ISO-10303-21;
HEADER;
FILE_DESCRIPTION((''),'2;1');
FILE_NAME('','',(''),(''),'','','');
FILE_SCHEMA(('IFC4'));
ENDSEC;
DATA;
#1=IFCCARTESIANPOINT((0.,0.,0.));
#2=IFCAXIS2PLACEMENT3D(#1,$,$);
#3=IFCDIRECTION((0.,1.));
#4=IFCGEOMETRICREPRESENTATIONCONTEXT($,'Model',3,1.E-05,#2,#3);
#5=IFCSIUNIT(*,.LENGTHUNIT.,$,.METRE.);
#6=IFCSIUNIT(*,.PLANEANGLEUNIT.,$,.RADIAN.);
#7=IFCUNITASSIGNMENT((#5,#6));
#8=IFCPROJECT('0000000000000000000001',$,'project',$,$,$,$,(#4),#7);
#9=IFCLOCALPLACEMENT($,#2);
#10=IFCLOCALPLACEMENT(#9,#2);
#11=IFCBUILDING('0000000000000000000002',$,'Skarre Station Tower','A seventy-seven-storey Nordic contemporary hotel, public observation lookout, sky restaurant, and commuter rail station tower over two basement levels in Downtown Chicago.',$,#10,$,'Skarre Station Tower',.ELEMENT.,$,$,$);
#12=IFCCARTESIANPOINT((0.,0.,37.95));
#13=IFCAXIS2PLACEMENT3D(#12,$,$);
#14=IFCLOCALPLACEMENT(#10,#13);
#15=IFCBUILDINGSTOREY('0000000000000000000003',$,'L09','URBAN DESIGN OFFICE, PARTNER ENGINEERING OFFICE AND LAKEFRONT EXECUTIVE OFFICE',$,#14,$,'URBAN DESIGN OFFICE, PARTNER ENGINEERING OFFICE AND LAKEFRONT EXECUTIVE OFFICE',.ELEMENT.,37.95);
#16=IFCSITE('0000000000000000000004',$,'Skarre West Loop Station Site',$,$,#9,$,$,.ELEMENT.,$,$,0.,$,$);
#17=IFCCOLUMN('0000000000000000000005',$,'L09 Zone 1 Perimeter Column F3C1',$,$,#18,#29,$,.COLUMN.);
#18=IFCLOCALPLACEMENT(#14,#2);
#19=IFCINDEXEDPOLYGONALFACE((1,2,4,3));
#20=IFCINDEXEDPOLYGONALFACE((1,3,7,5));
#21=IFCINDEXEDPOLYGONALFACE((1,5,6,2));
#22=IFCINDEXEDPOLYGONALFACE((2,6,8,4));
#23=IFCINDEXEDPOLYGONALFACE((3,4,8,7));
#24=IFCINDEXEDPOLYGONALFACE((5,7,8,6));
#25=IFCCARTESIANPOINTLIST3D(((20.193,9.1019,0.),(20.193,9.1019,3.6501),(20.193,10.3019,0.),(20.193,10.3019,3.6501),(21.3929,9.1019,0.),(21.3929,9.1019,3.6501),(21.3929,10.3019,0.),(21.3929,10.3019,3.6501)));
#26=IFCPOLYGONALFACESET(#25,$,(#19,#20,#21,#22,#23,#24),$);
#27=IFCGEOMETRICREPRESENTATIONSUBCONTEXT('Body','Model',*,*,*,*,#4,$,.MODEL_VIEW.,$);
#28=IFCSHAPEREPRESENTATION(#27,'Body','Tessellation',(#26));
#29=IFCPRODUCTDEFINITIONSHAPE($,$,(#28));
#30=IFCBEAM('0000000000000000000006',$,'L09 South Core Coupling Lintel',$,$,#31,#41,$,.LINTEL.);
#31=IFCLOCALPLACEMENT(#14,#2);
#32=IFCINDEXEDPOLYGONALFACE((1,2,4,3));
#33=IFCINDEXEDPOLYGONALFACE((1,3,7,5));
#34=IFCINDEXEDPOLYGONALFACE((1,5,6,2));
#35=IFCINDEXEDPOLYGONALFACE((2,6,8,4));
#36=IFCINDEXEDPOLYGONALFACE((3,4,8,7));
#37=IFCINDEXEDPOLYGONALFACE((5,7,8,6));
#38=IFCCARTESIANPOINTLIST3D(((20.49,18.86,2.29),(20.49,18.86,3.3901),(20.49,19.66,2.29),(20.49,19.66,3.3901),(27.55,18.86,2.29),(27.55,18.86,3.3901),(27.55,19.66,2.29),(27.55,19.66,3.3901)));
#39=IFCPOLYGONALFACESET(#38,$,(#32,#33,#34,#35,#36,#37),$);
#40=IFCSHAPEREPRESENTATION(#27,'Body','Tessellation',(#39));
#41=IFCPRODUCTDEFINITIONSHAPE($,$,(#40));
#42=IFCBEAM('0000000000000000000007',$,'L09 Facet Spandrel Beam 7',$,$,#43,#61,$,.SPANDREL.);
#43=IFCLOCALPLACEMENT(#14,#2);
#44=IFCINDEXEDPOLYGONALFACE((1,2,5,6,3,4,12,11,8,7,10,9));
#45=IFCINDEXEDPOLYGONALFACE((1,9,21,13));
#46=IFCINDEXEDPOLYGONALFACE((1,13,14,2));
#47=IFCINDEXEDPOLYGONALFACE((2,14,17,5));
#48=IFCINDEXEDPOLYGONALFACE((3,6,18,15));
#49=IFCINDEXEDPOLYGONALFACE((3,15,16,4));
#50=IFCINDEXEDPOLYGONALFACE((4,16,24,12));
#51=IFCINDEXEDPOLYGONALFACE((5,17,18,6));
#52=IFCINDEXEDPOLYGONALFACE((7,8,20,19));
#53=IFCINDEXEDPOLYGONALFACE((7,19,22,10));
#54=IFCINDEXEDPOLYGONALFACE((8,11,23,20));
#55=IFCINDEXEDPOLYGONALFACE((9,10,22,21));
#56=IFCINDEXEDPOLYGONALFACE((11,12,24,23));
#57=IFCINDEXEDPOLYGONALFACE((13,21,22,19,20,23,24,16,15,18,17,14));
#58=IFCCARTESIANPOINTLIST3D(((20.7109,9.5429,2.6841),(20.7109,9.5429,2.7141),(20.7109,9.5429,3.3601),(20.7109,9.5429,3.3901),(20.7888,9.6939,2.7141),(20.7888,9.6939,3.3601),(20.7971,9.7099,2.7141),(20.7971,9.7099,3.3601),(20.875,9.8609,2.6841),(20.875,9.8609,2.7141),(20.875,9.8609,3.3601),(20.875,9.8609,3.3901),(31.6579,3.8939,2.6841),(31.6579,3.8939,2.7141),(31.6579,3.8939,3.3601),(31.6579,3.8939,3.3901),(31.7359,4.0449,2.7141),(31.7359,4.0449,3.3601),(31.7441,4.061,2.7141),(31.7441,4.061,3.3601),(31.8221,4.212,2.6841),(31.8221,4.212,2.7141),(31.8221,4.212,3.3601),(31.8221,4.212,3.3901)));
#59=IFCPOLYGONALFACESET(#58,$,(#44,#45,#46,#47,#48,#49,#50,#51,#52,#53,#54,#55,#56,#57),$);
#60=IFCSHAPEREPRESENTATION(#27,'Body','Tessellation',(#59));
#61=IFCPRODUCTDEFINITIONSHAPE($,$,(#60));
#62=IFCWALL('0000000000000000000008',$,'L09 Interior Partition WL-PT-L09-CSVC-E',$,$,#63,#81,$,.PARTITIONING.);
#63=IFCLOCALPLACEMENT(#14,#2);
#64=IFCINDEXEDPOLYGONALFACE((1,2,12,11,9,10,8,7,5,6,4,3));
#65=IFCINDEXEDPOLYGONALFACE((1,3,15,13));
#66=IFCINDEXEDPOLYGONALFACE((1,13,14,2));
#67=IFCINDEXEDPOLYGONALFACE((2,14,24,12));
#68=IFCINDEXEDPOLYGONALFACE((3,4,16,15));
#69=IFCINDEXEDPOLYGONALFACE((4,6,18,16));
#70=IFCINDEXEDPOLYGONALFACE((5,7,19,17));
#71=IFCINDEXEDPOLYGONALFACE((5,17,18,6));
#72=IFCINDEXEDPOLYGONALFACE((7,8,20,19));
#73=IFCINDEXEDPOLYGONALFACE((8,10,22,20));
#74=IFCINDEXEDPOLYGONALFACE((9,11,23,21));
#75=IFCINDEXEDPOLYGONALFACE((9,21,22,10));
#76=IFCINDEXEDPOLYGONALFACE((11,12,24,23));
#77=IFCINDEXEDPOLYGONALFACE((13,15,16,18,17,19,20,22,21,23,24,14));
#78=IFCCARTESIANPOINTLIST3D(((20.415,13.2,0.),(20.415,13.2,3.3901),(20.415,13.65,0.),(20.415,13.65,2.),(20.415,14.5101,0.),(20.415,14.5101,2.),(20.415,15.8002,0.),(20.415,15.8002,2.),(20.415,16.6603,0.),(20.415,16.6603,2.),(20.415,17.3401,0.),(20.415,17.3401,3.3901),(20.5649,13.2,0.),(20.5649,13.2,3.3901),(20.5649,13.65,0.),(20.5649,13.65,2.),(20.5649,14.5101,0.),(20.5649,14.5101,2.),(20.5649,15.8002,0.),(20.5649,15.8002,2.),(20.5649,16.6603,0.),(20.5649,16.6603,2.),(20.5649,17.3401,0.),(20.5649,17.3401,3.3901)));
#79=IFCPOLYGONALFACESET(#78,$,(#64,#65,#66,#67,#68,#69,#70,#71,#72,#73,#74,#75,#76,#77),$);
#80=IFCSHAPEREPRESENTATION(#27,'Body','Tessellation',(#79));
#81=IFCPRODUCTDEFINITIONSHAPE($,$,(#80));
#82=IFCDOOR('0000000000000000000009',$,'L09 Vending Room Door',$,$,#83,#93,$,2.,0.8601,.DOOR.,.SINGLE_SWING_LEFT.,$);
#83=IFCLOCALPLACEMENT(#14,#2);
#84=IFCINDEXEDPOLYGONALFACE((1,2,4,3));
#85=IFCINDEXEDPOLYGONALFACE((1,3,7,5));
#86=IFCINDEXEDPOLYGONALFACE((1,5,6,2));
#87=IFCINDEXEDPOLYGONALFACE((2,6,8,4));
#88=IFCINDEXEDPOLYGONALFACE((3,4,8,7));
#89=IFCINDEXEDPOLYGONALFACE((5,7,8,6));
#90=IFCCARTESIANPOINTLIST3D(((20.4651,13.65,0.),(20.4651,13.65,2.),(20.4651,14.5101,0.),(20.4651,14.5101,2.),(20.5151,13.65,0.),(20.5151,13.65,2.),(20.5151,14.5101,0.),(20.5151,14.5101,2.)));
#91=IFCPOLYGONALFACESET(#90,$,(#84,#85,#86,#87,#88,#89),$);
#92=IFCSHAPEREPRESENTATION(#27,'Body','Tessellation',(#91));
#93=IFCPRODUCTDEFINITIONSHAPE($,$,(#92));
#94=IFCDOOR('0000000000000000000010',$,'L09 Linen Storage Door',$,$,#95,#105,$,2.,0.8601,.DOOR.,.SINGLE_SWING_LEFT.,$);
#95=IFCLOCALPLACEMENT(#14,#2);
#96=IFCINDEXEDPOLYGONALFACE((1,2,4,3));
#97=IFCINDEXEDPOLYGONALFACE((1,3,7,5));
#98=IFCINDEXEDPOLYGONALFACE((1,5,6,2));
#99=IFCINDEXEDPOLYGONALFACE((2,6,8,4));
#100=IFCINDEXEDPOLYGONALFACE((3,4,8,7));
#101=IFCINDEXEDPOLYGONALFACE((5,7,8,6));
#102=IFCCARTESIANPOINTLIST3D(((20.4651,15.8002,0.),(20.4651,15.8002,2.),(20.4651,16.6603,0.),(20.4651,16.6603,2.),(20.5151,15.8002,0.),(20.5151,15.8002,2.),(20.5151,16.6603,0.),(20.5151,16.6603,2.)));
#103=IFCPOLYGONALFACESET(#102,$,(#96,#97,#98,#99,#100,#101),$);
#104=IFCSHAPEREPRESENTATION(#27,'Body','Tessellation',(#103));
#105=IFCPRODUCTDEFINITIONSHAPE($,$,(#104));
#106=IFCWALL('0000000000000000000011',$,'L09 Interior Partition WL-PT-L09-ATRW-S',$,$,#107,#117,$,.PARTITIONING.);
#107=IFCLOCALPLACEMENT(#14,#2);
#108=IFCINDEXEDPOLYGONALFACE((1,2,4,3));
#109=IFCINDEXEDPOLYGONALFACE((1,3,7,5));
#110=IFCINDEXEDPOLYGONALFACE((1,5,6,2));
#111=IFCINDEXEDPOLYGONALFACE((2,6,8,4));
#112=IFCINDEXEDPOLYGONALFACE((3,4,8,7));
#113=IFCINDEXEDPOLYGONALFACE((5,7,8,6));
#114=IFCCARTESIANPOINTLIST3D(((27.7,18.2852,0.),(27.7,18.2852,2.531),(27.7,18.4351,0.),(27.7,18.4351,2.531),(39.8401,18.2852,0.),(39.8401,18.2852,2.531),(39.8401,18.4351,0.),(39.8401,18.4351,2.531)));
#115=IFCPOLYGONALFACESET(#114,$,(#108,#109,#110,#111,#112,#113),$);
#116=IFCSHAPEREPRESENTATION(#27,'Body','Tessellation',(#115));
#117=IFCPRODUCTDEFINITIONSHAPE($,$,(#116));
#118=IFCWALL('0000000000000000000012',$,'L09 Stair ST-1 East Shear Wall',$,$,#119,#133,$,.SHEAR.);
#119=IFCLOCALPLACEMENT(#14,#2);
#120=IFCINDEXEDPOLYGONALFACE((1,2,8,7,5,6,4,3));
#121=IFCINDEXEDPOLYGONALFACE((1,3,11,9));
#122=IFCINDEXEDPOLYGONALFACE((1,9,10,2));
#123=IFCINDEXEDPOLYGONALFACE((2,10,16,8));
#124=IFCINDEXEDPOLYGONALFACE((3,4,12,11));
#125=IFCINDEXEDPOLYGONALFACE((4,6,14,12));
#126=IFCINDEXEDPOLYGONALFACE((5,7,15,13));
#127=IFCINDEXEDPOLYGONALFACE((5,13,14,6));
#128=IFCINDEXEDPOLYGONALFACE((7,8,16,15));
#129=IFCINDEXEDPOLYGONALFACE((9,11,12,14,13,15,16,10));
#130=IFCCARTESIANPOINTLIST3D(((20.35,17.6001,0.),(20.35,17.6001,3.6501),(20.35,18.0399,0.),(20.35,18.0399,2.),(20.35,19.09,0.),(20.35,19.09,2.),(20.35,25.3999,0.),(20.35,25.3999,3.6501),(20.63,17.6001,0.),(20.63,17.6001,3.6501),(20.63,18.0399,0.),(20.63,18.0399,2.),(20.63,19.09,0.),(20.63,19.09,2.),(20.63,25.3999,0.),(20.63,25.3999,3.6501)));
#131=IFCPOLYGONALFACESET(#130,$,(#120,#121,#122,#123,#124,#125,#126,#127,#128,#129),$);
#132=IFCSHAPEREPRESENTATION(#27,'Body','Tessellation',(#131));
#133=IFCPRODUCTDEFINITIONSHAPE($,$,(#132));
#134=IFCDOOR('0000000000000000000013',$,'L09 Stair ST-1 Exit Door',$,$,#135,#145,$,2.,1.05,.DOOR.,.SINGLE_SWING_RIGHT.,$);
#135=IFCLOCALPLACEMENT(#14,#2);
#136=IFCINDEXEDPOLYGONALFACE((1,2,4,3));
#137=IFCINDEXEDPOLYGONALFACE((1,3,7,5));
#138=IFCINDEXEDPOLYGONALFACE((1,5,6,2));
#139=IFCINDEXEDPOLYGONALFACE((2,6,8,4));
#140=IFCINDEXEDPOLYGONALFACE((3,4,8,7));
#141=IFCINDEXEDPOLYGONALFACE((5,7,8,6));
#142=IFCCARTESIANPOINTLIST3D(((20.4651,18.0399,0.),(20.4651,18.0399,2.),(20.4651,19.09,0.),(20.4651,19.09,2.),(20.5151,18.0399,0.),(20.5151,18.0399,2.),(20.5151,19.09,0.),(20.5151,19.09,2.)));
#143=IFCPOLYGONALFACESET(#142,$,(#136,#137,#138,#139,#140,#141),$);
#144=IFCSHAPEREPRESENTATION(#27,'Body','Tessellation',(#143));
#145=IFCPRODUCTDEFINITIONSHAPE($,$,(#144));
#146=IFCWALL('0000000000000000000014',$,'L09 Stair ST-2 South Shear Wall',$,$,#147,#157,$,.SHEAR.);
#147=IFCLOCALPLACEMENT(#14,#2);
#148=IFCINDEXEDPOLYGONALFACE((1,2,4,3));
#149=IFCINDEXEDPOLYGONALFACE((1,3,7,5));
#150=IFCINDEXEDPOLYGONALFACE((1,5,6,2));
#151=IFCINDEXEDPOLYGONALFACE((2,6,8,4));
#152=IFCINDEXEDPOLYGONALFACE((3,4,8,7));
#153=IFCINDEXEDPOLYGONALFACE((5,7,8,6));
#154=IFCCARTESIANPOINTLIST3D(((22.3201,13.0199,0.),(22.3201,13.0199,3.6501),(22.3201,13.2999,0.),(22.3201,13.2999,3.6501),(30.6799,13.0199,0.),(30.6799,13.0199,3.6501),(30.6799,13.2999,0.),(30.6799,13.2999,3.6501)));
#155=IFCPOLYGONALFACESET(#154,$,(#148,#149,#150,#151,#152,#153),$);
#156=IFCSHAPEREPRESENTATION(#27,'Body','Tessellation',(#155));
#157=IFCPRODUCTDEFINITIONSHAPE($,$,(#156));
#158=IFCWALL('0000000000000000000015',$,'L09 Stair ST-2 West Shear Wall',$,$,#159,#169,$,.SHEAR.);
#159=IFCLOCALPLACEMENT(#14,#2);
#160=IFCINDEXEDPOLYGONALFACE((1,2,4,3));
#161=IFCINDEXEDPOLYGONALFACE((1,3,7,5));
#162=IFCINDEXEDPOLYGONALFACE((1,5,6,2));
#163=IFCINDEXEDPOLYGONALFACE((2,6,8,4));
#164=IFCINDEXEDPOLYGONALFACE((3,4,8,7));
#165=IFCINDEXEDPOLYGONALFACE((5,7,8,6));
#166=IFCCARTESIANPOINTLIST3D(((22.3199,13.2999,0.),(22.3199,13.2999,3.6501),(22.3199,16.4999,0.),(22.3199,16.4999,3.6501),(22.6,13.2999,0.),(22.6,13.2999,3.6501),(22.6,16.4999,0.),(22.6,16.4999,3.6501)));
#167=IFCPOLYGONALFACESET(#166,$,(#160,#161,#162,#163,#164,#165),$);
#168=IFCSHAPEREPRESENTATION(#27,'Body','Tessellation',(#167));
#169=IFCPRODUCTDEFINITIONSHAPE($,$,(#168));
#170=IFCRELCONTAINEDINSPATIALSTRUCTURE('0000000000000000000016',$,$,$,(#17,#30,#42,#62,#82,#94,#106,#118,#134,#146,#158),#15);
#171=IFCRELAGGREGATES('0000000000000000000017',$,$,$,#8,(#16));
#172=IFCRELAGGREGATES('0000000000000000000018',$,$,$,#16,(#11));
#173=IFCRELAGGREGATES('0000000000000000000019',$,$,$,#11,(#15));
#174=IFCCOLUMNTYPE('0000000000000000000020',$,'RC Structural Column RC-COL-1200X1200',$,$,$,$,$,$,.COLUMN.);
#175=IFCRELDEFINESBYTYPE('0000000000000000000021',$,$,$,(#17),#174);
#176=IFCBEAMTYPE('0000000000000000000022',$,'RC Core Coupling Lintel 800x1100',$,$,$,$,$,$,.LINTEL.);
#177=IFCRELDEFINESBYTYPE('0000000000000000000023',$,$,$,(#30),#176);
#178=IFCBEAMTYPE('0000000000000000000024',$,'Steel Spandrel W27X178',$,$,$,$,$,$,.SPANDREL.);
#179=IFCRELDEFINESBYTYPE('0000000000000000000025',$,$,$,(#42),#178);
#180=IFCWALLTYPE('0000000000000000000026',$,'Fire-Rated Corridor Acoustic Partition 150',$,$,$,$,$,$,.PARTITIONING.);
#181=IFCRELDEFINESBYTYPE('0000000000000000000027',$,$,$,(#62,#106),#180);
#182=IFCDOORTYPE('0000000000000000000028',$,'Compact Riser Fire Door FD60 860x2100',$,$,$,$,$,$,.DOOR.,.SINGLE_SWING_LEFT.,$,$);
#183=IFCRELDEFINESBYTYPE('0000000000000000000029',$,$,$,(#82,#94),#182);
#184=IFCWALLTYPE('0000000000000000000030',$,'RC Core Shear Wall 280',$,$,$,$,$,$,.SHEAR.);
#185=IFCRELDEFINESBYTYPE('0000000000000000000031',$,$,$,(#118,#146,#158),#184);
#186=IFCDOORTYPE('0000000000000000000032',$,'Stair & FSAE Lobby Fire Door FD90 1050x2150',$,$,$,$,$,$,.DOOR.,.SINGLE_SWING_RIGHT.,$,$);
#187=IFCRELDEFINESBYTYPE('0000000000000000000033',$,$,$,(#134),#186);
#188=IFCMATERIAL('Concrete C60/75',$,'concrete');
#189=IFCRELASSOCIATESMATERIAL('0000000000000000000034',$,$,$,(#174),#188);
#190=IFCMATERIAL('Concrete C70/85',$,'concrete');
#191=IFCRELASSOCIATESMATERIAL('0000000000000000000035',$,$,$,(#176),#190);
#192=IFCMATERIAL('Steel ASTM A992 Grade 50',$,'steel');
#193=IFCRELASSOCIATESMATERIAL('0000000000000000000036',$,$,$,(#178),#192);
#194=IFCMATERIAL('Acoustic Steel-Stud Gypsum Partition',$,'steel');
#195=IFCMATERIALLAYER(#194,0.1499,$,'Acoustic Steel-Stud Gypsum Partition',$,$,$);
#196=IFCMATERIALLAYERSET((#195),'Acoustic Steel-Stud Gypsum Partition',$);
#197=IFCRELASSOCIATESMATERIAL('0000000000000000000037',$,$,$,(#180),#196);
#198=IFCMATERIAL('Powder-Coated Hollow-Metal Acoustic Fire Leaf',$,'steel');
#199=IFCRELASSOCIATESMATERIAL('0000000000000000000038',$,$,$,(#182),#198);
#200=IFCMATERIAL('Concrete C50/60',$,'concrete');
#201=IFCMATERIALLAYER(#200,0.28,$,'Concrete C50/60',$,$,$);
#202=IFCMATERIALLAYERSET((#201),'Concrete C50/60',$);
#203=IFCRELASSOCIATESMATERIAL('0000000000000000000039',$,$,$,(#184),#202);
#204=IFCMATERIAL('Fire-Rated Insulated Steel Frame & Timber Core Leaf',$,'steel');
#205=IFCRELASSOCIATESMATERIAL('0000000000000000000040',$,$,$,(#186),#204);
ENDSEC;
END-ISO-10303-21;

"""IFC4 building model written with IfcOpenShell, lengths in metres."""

from ifc_helpers import new_model, si_unit, direction, frame, frame_2d, origin, origin_2d, place, context, subcontext, project, spatial, rectangle, i_section, extrude, material, layer, layer_set, material_profile, profile_set, type_object, element, fill, save


model = new_model("IFC4")

# Units and contexts
model_context = context("Model", 3, precision=1e-05, world=origin(), true_north=direction((0.0, 1.0)))
body_context = subcontext(model_context, "Body", "Model", "MODEL_VIEW")
ifc_project = project(units=[si_unit("LENGTHUNIT", "METRE"), si_unit("PLANEANGLEUNIT", "RADIAN")], contexts=[model_context])

# Site, building, storey
site_placement = place(None, origin())
site = spatial("IfcSite", under=ifc_project, at=site_placement, Name="Skarre West Loop Station Site", CompositionType="ELEMENT", RefElevation=0.0)
building_placement = place(site_placement, origin())
building = spatial("IfcBuilding", under=site, at=building_placement, Name="Skarre Station Tower", Description="A seventy-seven-storey Nordic contemporary hotel, public observation lookout, sky restaurant, and commuter rail station tower over two basement levels in Downtown Chicago.", LongName="Skarre Station Tower", CompositionType="ELEMENT")
storey_placement = place(building_placement, frame((0.0, 0.0, 37.95)))
storey = spatial("IfcBuildingStorey", under=building, at=storey_placement, Name="L09", Description="URBAN DESIGN OFFICE, PARTNER ENGINEERING OFFICE AND LAKEFRONT EXECUTIVE OFFICE", LongName="URBAN DESIGN OFFICE, PARTNER ENGINEERING OFFICE AND LAKEFRONT EXECUTIVE OFFICE", CompositionType="ELEMENT", Elevation=37.95)

# Column
ifc_material_1 = material(Name="Concrete C60/75", Category="concrete")
ifc_material_profile_1 = material_profile(ifc_material_1, rectangle(XDim=1.2, YDim=1.2, at=origin_2d()), Name="Concrete C60/75")
ifc_profile_set_1 = profile_set([ifc_material_profile_1], Name="Concrete C60/75")
column_type = type_object("IfcColumnType", Name="RC Structural Column RC-COL-1200X1200", PredefinedType="COLUMN", material=ifc_profile_set_1)
column_placement = place(storey_placement, frame((20.793, 9.7019, 0.0), z_axis=(0.0, 0.0, 1.0), x_axis=(1.0, 0.0, 0.0)))
element("IfcColumn", 1, at=column_placement, inside=storey, type_object=column_type, Name="L09 Zone 1 Perimeter Column F3C1", PredefinedType="COLUMN", context=body_context, shape_type="SweptSolid", body=[
    extrude(rectangle(XDim=1.2, YDim=1.2, at=origin_2d()), origin(), (0.0, 0.0, 1.0), 3.6501),
])

# Beams
ifc_material_2 = material(Name="Concrete C70/85", Category="concrete")
ifc_material_profile_2 = material_profile(ifc_material_2, rectangle(XDim=0.8, YDim=1.1001, at=origin_2d()), Name="Concrete C70/85")
ifc_profile_set_2 = profile_set([ifc_material_profile_2], Name="Concrete C70/85")
beam_type_1 = type_object("IfcBeamType", Name="RC Core Coupling Lintel 800x1100", PredefinedType="LINTEL", material=ifc_profile_set_2)
beam_1_placement = place(storey_placement, frame((20.49, 19.26, 2.8401), z_axis=(1.0, 0.0, 0.0), x_axis=(0.0, 1.0, 0.0)))
element("IfcBeam", 2, at=beam_1_placement, inside=storey, type_object=beam_type_1, Name="L09 South Core Coupling Lintel", PredefinedType="LINTEL", context=body_context, shape_type="SweptSolid", body=[
    extrude(rectangle(XDim=0.8, YDim=1.1001, at=origin_2d()), origin(), (0.0, 0.0, 1.0), 7.0601),
])
ifc_material_3 = material(Name="Steel ASTM A992 Grade 50", Category="steel")
ifc_material_profile_3 = material_profile(ifc_material_3, i_section(OverallWidth=0.3579, OverallDepth=0.7061, WebThickness=0.0181, FlangeThickness=0.03, at=origin_2d()), Name="Steel ASTM A992 Grade 50")
ifc_profile_set_3 = profile_set([ifc_material_profile_3], Name="Steel ASTM A992 Grade 50")
beam_type_2 = type_object("IfcBeamType", Name="Steel Spandrel W27X178", PredefinedType="SPANDREL", material=ifc_profile_set_3)
beam_2_placement = place(storey_placement, frame((20.793, 9.7019, 3.0371), z_axis=(0.888659, -0.458569, 0.0), x_axis=(0.458569, 0.888659, 0.0)))
element("IfcBeam", 3, at=beam_2_placement, inside=storey, type_object=beam_type_2, Name="L09 Facet Spandrel Beam 7", PredefinedType="SPANDREL", context=body_context, shape_type="SweptSolid", body=[
    extrude(i_section(OverallWidth=0.3579, OverallDepth=0.7061, WebThickness=0.0181, FlangeThickness=0.03, at=origin_2d()), origin(), (0.0, 0.0, 1.0), 12.3186),
])

# Wall, openings, doors
ifc_material_4 = material(Name="Acoustic Steel-Stud Gypsum Partition", Category="steel")
ifc_layer_1 = layer(ifc_material_4, 0.1499, Name="Acoustic Steel-Stud Gypsum Partition")
ifc_layer_set_1 = layer_set([ifc_layer_1], Name="Acoustic Steel-Stud Gypsum Partition")
wall_type_1 = type_object("IfcWallType", Name="Fire-Rated Corridor Acoustic Partition 150", PredefinedType="PARTITIONING", material=ifc_layer_set_1)
wall_1_placement = place(storey_placement, frame((20.49, 13.2, 0.0), z_axis=(0.0, 0.0, 1.0), x_axis=(0.0, 1.0, 0.0)))
wall_1 = element("IfcWall", 4, at=wall_1_placement, inside=storey, type_object=wall_type_1, Name="L09 Interior Partition WL-PT-L09-CSVC-E", PredefinedType="PARTITIONING", context=body_context, shape_type="SweptSolid", body=[
    extrude(rectangle(XDim=4.1401, YDim=0.1499, at=frame_2d((2.0701, 0.0))), origin(), (0.0, 0.0, 1.0), 3.3901),
])
opening_1_placement = place(wall_1_placement, frame((0.45, 0.0, 0.0)))
opening_1 = element("IfcOpeningElement", 5, at=opening_1_placement, cuts=wall_1, PredefinedType="OPENING", context=body_context, shape_type="SweptSolid", body=[
    extrude(rectangle(XDim=0.8601, YDim=2.0, at=frame_2d((0.4302, 1.0))), frame((0.0, 0.085, 0.0), z_axis=(0.0, -1.0, 0.0), x_axis=(1.0, 0.0, 0.0)), (0.0, 0.0, 1.0), 0.1699),
])
opening_2_placement = place(wall_1_placement, frame((2.6001, 0.0, 0.0)))
opening_2 = element("IfcOpeningElement", 6, at=opening_2_placement, cuts=wall_1, PredefinedType="OPENING", context=body_context, shape_type="SweptSolid", body=[
    extrude(rectangle(XDim=0.8601, YDim=2.0, at=frame_2d((0.4302, 1.0))), frame((0.0, 0.085, 0.0), z_axis=(0.0, -1.0, 0.0), x_axis=(1.0, 0.0, 0.0)), (0.0, 0.0, 1.0), 0.1699),
])
ifc_material_5 = material(Name="Powder-Coated Hollow-Metal Acoustic Fire Leaf", Category="steel")
door_type_1 = type_object("IfcDoorType", Name="Compact Riser Fire Door FD60 860x2100", OperationType="SINGLE_SWING_LEFT", PredefinedType="DOOR", material=ifc_material_5)
door_1_placement = place(opening_1_placement, origin())
door_1 = element("IfcDoor", 7, at=door_1_placement, inside=storey, type_object=door_type_1, Name="L09 Vending Room Door", OperationType="SINGLE_SWING_LEFT", OverallHeight=2.0, OverallWidth=0.8601, PredefinedType="DOOR", context=body_context, shape_type="SweptSolid", body=[
    extrude(rectangle(XDim=0.8601, YDim=2.0, at=frame_2d((0.4302, 1.0))), frame((0.0, 0.0249, 0.0), z_axis=(0.0, -1.0, 0.0), x_axis=(1.0, 0.0, 0.0)), (0.0, 0.0, 1.0), 0.05),
])
fill(opening_1, door_1)
door_2_placement = place(opening_2_placement, origin())
door_2 = element("IfcDoor", 8, at=door_2_placement, inside=storey, type_object=door_type_1, Name="L09 Linen Storage Door", OperationType="SINGLE_SWING_LEFT", OverallHeight=2.0, OverallWidth=0.8601, PredefinedType="DOOR", context=body_context, shape_type="SweptSolid", body=[
    extrude(rectangle(XDim=0.8601, YDim=2.0, at=frame_2d((0.4302, 1.0))), frame((0.0, 0.0249, 0.0), z_axis=(0.0, -1.0, 0.0), x_axis=(1.0, 0.0, 0.0)), (0.0, 0.0, 1.0), 0.05),
])
fill(opening_2, door_2)

# Wall
wall_2_placement = place(storey_placement, frame((27.7, 18.3601, 0.0), z_axis=(0.0, 0.0, 1.0), x_axis=(1.0, 0.0, 0.0)))
element("IfcWall", 9, at=wall_2_placement, inside=storey, type_object=wall_type_1, Name="L09 Interior Partition WL-PT-L09-ATRW-S", PredefinedType="PARTITIONING", context=body_context, shape_type="SweptSolid", body=[
    extrude(rectangle(XDim=12.1401, YDim=0.1499, at=frame_2d((6.0701, 0.0))), origin(), (0.0, 0.0, 1.0), 2.531),
])

# Wall, opening, door
ifc_material_6 = material(Name="Concrete C50/60", Category="concrete")
ifc_layer_2 = layer(ifc_material_6, 0.28, Name="Concrete C50/60")
ifc_layer_set_2 = layer_set([ifc_layer_2], Name="Concrete C50/60")
wall_type_2 = type_object("IfcWallType", Name="RC Core Shear Wall 280", PredefinedType="SHEAR", material=ifc_layer_set_2)
wall_3_placement = place(storey_placement, frame((20.49, 17.6001, 0.0), z_axis=(0.0, 0.0, 1.0), x_axis=(0.0, 1.0, 0.0)))
wall_3 = element("IfcWall", 10, at=wall_3_placement, inside=storey, type_object=wall_type_2, Name="L09 Stair ST-1 East Shear Wall", PredefinedType="SHEAR", context=body_context, shape_type="SweptSolid", body=[
    extrude(rectangle(XDim=7.7998, YDim=0.28, at=frame_2d((3.8999, 0.0))), origin(), (0.0, 0.0, 1.0), 3.6501),
])
opening_3_placement = place(wall_3_placement, frame((0.4399, 0.0, 0.0)))
opening_3 = element("IfcOpeningElement", 11, at=opening_3_placement, cuts=wall_3, PredefinedType="OPENING", context=body_context, shape_type="SweptSolid", body=[
    extrude(rectangle(XDim=1.05, YDim=2.0, at=frame_2d((0.5249, 1.0))), frame((0.0, 0.1499, 0.0), z_axis=(0.0, -1.0, 0.0), x_axis=(1.0, 0.0, 0.0)), (0.0, 0.0, 1.0), 0.3),
])
ifc_material_7 = material(Name="Fire-Rated Insulated Steel Frame & Timber Core Leaf", Category="steel")
door_type_2 = type_object("IfcDoorType", Name="Stair & FSAE Lobby Fire Door FD90 1050x2150", OperationType="SINGLE_SWING_RIGHT", PredefinedType="DOOR", material=ifc_material_7)
door_3_placement = place(opening_3_placement, origin())
door_3 = element("IfcDoor", 12, at=door_3_placement, inside=storey, type_object=door_type_2, Name="L09 Stair ST-1 Exit Door", OperationType="SINGLE_SWING_RIGHT", OverallHeight=2.0, OverallWidth=1.05, PredefinedType="DOOR", context=body_context, shape_type="SweptSolid", body=[
    extrude(rectangle(XDim=1.05, YDim=2.0, at=frame_2d((0.5249, 1.0))), frame((0.0, 0.0249, 0.0), z_axis=(0.0, -1.0, 0.0), x_axis=(1.0, 0.0, 0.0)), (0.0, 0.0, 1.0), 0.05),
])
fill(opening_3, door_3)

# Walls
wall_4_placement = place(storey_placement, frame((22.3201, 13.1599, 0.0), z_axis=(0.0, 0.0, 1.0), x_axis=(1.0, 0.0, 0.0)))
element("IfcWall", 13, at=wall_4_placement, inside=storey, type_object=wall_type_2, Name="L09 Stair ST-2 South Shear Wall", PredefinedType="SHEAR", context=body_context, shape_type="SweptSolid", body=[
    extrude(rectangle(XDim=8.3599, YDim=0.28, at=frame_2d((4.1799, 0.0))), origin(), (0.0, 0.0, 1.0), 3.6501),
])
wall_5_placement = place(storey_placement, frame((22.46, 16.5, 0.0), z_axis=(0.0, 0.0, 1.0), x_axis=(0.0, -1.0, 0.0)))
element("IfcWall", 14, at=wall_5_placement, inside=storey, type_object=wall_type_2, Name="L09 Stair ST-2 West Shear Wall", PredefinedType="SHEAR", context=body_context, shape_type="SweptSolid", body=[
    extrude(rectangle(XDim=3.2, YDim=0.28, at=frame_2d((1.6001, 0.0))), origin(), (0.0, 0.0, 1.0), 3.6501),
])

save(model, "model.ifc")
